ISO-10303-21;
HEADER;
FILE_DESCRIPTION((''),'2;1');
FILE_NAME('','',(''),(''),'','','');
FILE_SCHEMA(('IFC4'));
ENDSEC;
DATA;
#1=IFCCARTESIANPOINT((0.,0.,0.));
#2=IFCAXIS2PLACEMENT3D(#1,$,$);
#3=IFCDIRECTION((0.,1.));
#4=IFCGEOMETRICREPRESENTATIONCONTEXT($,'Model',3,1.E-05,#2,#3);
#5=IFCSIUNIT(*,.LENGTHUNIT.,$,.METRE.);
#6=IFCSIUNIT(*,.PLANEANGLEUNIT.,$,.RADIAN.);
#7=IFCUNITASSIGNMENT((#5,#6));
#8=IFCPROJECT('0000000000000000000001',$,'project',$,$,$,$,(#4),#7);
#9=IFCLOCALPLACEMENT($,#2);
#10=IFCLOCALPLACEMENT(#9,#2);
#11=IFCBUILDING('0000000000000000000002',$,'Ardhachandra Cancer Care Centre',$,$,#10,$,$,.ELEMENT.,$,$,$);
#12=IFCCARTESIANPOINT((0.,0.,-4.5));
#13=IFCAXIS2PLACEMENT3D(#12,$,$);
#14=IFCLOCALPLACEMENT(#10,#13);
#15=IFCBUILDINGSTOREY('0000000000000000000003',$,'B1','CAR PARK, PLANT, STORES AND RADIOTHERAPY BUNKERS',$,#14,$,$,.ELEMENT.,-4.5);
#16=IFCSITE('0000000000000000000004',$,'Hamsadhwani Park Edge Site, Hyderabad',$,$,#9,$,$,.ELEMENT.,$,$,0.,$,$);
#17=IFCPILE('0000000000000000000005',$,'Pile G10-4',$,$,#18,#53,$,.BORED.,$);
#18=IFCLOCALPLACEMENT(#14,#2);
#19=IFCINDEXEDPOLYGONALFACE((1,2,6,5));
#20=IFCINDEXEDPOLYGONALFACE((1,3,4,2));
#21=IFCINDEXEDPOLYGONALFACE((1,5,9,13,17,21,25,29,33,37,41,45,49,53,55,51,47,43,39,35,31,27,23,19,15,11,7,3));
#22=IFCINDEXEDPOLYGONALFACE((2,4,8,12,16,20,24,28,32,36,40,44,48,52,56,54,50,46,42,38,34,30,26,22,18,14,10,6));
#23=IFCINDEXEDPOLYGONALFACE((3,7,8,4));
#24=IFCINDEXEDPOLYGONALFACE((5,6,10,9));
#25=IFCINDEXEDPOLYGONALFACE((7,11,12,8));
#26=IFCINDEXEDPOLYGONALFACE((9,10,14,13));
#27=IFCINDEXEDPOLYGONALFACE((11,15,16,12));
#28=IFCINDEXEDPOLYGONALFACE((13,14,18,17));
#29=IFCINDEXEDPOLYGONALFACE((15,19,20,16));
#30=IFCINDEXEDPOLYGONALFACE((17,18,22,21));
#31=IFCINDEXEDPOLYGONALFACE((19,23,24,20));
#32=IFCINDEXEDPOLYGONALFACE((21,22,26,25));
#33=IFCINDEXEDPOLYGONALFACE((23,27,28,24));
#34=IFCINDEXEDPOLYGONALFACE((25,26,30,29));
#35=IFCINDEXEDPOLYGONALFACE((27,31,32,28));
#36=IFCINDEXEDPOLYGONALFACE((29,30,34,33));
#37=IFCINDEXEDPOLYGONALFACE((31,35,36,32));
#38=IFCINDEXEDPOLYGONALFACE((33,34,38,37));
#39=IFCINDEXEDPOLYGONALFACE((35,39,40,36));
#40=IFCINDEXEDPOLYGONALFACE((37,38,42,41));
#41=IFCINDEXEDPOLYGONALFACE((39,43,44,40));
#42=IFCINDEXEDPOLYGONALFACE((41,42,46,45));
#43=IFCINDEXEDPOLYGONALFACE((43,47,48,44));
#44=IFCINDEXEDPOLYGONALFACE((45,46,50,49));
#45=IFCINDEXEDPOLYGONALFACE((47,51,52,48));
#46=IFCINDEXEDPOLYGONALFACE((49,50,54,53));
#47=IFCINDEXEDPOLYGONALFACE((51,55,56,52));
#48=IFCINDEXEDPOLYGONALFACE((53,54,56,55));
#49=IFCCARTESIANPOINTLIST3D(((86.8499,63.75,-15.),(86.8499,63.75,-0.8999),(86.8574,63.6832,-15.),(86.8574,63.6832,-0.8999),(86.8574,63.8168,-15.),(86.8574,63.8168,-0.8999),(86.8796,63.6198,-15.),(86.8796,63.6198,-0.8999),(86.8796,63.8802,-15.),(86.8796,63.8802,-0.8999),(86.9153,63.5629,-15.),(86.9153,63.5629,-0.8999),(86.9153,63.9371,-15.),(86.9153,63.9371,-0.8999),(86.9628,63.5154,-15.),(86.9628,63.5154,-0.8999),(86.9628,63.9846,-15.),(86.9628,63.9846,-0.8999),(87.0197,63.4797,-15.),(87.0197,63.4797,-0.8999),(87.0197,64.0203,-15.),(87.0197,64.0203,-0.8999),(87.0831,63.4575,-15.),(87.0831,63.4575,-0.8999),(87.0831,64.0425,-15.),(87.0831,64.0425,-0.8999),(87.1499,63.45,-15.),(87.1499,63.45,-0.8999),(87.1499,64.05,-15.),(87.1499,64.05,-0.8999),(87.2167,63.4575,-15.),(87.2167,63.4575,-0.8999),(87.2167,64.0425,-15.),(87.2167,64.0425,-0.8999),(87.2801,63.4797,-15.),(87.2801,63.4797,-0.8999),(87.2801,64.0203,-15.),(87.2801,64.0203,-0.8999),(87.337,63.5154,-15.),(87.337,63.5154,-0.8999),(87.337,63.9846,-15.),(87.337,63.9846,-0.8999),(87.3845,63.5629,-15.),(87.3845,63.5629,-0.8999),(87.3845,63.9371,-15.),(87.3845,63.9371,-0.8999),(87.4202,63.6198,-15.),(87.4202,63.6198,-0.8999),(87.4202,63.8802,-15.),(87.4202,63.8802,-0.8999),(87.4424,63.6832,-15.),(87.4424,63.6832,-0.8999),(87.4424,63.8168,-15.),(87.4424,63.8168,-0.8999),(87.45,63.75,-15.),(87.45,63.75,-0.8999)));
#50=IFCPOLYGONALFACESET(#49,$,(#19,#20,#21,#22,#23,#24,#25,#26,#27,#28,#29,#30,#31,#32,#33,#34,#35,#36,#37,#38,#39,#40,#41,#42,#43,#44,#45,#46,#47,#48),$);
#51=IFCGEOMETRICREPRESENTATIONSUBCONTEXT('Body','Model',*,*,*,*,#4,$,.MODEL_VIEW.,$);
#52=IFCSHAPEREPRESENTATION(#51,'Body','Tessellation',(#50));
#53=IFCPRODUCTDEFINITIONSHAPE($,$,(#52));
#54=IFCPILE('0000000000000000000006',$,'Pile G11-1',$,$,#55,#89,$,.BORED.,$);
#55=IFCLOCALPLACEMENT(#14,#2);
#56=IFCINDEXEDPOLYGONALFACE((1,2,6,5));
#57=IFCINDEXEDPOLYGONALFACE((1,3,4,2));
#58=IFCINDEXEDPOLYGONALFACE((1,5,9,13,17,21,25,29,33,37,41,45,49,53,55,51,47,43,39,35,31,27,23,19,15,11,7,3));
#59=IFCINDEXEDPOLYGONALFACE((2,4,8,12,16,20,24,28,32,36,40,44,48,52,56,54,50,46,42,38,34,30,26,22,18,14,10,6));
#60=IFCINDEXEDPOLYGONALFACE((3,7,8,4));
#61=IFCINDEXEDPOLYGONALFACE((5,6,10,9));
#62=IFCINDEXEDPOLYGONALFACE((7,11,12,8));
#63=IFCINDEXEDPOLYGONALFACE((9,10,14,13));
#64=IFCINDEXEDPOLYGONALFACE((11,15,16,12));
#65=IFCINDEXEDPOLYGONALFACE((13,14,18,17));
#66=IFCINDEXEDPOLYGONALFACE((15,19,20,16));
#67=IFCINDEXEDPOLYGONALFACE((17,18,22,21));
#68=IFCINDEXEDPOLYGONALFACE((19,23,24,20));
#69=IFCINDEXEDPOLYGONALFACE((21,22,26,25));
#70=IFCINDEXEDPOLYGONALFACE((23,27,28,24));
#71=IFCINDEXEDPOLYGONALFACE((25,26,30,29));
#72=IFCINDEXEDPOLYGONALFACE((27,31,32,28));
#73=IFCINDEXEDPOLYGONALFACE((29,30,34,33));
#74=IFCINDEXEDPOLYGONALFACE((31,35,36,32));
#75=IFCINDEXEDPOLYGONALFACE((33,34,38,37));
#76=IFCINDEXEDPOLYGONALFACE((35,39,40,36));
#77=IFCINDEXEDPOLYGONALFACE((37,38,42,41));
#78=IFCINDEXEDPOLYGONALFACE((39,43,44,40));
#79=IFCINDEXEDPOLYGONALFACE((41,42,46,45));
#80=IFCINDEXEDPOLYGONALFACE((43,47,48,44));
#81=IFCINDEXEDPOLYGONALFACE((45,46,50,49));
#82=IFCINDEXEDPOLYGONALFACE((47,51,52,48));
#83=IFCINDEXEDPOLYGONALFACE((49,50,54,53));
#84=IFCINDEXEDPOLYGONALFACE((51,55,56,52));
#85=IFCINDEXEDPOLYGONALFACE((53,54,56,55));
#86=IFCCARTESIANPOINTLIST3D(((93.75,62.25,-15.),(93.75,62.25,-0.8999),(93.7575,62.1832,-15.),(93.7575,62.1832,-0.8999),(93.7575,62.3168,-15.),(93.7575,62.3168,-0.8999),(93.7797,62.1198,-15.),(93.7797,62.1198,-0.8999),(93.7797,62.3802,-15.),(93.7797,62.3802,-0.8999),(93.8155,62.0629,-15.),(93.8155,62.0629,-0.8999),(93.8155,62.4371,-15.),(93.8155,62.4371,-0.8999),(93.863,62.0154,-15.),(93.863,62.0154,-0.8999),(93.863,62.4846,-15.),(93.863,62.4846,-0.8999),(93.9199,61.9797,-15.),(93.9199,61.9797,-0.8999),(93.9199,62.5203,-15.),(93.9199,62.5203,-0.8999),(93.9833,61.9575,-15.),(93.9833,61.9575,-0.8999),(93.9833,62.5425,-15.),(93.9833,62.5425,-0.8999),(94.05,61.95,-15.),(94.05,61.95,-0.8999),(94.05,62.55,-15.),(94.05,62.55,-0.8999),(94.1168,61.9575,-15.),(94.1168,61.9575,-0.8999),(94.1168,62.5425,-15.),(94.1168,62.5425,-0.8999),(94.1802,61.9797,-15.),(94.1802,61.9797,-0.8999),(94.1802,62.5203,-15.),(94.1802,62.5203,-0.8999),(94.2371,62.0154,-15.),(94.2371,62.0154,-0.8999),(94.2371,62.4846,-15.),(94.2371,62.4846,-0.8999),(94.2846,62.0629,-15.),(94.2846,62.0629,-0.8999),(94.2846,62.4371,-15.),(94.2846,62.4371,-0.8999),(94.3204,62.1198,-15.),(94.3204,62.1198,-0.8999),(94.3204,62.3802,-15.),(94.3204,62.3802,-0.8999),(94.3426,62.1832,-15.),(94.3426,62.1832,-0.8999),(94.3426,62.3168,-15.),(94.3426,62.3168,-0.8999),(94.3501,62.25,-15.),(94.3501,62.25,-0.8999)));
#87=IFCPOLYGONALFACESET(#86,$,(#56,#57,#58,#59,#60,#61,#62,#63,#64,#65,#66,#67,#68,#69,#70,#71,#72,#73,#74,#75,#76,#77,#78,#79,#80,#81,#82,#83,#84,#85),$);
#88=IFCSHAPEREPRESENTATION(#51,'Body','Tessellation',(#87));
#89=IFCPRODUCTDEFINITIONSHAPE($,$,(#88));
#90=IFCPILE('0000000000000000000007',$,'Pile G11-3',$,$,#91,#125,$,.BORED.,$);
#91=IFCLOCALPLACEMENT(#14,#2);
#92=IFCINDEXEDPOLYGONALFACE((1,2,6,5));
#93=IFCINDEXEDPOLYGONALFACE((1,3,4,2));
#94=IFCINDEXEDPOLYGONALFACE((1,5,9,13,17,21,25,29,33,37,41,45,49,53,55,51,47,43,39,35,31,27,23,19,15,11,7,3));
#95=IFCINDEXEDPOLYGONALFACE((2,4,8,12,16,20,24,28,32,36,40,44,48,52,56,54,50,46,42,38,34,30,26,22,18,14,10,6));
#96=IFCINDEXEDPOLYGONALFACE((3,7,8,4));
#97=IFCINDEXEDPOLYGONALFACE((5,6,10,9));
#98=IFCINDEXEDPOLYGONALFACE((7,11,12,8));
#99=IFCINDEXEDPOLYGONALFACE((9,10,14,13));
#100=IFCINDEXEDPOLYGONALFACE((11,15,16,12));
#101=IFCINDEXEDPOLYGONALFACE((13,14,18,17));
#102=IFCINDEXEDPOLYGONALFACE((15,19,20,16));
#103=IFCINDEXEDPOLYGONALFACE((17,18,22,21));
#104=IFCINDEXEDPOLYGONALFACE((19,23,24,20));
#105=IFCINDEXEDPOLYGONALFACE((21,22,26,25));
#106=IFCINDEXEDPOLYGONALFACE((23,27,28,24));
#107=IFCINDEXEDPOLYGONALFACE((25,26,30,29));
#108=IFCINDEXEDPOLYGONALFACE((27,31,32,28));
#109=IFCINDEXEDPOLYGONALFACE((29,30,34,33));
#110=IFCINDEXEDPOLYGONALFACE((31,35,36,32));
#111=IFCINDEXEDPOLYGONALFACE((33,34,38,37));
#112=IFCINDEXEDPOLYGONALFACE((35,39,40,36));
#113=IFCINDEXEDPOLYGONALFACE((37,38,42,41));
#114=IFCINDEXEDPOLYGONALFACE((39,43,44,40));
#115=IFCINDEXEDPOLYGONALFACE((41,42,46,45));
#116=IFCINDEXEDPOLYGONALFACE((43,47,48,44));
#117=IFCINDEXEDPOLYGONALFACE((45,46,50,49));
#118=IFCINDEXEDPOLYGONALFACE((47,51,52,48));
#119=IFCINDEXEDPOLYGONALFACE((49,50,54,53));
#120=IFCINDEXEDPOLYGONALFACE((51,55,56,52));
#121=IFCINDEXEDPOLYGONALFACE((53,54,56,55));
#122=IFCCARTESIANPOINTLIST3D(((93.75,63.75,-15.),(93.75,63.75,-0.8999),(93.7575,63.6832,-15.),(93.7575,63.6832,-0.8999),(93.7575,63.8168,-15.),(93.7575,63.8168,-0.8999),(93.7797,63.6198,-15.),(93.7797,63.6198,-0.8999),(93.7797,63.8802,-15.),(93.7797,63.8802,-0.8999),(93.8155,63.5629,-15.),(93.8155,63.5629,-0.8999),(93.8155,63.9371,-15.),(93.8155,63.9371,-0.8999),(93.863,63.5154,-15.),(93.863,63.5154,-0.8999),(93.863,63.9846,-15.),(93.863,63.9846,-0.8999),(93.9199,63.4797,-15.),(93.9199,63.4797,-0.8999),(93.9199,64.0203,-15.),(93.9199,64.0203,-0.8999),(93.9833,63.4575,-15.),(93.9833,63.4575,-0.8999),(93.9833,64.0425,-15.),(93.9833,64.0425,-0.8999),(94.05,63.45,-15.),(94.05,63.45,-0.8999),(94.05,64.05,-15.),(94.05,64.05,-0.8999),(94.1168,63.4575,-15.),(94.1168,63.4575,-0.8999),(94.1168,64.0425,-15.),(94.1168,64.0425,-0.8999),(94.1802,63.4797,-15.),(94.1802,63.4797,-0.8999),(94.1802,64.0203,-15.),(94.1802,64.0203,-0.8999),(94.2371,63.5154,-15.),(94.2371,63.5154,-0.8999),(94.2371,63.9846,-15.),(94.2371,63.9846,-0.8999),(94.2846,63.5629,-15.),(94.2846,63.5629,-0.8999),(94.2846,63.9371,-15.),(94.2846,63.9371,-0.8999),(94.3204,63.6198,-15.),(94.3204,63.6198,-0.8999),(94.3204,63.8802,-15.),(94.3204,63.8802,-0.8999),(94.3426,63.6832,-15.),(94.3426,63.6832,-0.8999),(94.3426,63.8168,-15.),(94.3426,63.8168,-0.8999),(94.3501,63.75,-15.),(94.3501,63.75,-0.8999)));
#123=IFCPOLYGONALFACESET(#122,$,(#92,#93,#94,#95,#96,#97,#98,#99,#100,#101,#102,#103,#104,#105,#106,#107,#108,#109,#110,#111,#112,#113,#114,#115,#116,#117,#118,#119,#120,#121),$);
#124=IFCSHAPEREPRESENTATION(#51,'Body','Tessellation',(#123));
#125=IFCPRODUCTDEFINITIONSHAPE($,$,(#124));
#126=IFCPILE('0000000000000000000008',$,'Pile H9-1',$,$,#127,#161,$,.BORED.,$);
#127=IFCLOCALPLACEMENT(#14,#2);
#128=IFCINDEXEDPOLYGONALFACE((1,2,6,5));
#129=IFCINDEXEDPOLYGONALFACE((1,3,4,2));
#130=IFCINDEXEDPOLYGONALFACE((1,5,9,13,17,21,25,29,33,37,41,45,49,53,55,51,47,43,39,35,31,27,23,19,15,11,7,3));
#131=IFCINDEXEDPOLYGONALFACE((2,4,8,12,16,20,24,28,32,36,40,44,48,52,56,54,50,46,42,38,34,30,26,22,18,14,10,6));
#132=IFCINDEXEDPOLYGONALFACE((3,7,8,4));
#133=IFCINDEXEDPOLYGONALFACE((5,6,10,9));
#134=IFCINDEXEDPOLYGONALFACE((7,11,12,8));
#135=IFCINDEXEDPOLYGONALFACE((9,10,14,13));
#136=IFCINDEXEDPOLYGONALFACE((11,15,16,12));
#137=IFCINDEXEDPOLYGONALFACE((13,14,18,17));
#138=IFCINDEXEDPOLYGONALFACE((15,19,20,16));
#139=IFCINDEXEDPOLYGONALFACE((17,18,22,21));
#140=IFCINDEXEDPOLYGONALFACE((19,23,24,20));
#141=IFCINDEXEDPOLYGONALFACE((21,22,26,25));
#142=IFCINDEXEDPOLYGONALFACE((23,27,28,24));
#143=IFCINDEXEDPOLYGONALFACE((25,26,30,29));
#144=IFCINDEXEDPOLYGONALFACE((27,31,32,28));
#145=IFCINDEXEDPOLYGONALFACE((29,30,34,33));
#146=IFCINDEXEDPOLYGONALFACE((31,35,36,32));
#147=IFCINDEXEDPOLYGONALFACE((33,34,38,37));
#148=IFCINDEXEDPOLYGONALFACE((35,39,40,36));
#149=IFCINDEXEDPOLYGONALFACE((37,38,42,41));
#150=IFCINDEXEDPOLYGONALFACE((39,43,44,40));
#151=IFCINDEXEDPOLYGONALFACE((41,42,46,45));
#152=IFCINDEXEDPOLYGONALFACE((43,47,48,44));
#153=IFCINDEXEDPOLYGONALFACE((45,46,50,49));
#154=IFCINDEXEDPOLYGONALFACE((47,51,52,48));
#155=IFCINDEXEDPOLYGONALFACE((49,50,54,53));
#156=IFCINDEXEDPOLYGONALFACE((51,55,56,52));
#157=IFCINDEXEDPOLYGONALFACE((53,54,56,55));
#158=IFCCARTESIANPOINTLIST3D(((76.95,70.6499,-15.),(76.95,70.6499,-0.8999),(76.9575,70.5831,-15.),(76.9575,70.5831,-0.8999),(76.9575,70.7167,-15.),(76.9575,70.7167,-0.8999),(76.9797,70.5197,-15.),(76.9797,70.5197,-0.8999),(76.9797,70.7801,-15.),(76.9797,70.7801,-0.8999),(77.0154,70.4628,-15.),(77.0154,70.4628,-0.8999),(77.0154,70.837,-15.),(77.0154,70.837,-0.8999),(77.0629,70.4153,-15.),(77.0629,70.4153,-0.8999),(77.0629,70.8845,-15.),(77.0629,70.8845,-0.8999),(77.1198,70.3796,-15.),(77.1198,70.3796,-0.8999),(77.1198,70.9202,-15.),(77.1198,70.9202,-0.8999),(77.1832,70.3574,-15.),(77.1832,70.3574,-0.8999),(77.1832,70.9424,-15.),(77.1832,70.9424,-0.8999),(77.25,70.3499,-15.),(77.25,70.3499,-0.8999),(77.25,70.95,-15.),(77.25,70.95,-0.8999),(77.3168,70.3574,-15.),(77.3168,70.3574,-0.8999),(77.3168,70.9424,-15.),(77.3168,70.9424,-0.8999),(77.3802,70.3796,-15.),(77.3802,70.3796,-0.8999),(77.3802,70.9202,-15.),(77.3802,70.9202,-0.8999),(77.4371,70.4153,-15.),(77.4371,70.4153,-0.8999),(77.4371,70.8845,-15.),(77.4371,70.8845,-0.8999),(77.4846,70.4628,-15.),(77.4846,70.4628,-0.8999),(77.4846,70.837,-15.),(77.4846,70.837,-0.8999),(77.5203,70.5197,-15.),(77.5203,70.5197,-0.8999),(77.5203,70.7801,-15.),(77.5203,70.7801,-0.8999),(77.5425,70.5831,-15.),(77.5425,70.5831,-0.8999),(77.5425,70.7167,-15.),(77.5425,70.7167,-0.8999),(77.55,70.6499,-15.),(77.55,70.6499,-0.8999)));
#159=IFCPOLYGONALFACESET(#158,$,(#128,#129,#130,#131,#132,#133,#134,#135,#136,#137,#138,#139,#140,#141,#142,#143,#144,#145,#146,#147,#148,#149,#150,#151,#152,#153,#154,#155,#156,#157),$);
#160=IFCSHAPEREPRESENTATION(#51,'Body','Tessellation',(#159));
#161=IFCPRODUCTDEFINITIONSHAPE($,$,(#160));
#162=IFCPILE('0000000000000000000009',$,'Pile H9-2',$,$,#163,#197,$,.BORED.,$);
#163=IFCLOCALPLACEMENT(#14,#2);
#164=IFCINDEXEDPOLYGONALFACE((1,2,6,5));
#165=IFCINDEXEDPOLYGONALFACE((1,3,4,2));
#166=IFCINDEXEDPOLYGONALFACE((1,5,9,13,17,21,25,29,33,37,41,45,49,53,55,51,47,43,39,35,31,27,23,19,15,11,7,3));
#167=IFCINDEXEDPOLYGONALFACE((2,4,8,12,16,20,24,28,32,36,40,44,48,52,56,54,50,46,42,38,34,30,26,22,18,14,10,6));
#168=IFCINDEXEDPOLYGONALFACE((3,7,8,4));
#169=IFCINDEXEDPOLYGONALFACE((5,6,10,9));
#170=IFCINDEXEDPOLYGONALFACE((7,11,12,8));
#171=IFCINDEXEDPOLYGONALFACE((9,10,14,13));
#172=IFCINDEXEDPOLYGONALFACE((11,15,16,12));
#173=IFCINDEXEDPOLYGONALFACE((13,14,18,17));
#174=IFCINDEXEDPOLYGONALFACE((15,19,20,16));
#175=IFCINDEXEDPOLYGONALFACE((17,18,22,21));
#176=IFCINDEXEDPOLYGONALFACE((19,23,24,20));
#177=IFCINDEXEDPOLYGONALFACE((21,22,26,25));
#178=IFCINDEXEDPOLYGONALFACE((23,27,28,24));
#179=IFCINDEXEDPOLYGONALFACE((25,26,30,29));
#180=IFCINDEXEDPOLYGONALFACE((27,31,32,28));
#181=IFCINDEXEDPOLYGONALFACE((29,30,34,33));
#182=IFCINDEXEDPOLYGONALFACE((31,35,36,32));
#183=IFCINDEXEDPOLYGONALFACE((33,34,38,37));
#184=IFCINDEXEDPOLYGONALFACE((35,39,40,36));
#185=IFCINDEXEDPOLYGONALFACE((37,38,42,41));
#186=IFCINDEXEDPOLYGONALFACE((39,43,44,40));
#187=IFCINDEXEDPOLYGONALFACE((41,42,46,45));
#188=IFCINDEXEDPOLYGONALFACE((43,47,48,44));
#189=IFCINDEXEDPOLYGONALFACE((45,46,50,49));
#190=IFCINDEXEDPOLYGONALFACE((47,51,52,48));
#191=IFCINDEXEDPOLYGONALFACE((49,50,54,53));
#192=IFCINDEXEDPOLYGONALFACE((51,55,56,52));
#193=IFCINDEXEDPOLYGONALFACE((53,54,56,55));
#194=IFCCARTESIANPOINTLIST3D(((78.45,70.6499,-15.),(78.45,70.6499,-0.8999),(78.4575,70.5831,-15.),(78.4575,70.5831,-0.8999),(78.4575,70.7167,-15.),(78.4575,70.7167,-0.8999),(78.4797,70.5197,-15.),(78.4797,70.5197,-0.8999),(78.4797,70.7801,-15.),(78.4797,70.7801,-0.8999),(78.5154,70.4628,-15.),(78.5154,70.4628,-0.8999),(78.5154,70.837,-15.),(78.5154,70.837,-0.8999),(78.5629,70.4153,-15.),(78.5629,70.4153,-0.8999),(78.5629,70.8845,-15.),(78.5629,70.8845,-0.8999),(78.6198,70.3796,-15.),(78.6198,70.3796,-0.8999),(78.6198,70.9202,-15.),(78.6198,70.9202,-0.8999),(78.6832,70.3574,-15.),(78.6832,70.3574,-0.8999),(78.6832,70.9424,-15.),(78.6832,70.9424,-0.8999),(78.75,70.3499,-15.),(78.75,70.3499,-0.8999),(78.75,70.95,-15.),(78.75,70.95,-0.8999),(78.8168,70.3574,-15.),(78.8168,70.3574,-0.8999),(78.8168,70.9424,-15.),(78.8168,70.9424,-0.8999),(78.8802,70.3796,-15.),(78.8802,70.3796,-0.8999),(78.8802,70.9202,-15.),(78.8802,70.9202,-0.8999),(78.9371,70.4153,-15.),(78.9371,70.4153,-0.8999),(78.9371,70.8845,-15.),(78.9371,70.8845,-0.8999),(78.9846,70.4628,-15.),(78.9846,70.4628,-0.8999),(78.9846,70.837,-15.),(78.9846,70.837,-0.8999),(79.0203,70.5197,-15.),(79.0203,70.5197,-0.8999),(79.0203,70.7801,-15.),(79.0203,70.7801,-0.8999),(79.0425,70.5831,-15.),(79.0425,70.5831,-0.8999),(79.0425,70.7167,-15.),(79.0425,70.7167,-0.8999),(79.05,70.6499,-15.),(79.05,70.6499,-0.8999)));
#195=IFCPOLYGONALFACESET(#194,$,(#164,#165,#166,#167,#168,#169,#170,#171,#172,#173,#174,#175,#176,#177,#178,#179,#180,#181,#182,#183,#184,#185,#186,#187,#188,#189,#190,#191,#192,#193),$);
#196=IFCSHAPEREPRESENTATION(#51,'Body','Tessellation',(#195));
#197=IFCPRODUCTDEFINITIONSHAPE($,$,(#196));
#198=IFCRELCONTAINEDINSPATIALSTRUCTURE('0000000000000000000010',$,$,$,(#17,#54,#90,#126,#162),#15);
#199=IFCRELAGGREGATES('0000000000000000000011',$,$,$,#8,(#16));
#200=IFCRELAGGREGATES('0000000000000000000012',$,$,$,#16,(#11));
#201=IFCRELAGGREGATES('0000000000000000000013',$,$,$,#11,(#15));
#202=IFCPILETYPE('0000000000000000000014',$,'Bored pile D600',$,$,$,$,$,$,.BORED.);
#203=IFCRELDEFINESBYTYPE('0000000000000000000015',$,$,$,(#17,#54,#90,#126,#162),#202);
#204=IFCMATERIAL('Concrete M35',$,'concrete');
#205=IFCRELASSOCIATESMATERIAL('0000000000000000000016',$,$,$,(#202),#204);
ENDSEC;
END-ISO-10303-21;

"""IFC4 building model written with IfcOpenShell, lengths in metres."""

from ifc_helpers import new_model, si_unit, direction, frame, origin, origin_2d, place, context, subcontext, project, spatial, circle, extrude, material, material_profile, profile_set, type_object, element, save


model = new_model("IFC4")

# Units and contexts
model_context = context("Model", 3, precision=1e-05, world=origin(), true_north=direction((0.0, 1.0)))
body_context = subcontext(model_context, "Body", "Model", "MODEL_VIEW")
ifc_project = project(units=[si_unit("LENGTHUNIT", "METRE"), si_unit("PLANEANGLEUNIT", "RADIAN")], contexts=[model_context])

# Site, building, storey
site_placement = place(None, origin())
site = spatial("IfcSite", under=ifc_project, at=site_placement, Name="Hamsadhwani Park Edge Site, Hyderabad", CompositionType="ELEMENT", RefElevation=0.0)
building_placement = place(site_placement, origin())
building = spatial("IfcBuilding", under=site, at=building_placement, Name="Ardhachandra Cancer Care Centre", CompositionType="ELEMENT")
storey_placement = place(building_placement, frame((0.0, 0.0, -4.5)))
storey = spatial("IfcBuildingStorey", under=building, at=storey_placement, Name="B1", Description="CAR PARK, PLANT, STORES AND RADIOTHERAPY BUNKERS", CompositionType="ELEMENT", Elevation=-4.5)

# Piles
ifc_material_1 = material(Name="Concrete M35", Category="concrete")
ifc_material_profile_1 = material_profile(ifc_material_1, circle(Radius=0.3, at=origin_2d()), Name="D600")
ifc_profile_set_1 = profile_set([ifc_material_profile_1], Name="Concrete M35")
pile_type = type_object("IfcPileType", Name="Bored pile D600", PredefinedType="BORED", material=ifc_profile_set_1)
for number, where, z_axis, x_axis, name in (
    (1, (87.1499, 63.75, -0.8999), (0.0, 0.0, -1.0), (1.0, 0.0, 0.0), "Pile G10-4"),
    (2, (94.05, 62.25, -0.8999), (0.0, 0.0, -1.0), (1.0, 0.0, 0.0), "Pile G11-1"),
    (3, (94.05, 63.75, -0.8999), (0.0, 0.0, -1.0), (1.0, 0.0, 0.0), "Pile G11-3"),
    (4, (77.25, 70.6499, -0.8999), (0.0, 0.0, -1.0), (1.0, 0.0, 0.0), "Pile H9-1"),
    (5, (78.75, 70.6499, -0.8999), (0.0, 0.0, -1.0), (1.0, 0.0, 0.0), "Pile H9-2"),
):
    element("IfcPile", number, at=place(storey_placement, frame(where, z_axis=z_axis, x_axis=x_axis)), inside=storey, type_object=pile_type, Name=name, PredefinedType="BORED", context=body_context, shape_type="SweptSolid", body=[
        extrude(circle(Radius=0.3, at=origin_2d()), origin(), (0.0, 0.0, 1.0), 14.1001),
    ])

save(model, "model.ifc")
